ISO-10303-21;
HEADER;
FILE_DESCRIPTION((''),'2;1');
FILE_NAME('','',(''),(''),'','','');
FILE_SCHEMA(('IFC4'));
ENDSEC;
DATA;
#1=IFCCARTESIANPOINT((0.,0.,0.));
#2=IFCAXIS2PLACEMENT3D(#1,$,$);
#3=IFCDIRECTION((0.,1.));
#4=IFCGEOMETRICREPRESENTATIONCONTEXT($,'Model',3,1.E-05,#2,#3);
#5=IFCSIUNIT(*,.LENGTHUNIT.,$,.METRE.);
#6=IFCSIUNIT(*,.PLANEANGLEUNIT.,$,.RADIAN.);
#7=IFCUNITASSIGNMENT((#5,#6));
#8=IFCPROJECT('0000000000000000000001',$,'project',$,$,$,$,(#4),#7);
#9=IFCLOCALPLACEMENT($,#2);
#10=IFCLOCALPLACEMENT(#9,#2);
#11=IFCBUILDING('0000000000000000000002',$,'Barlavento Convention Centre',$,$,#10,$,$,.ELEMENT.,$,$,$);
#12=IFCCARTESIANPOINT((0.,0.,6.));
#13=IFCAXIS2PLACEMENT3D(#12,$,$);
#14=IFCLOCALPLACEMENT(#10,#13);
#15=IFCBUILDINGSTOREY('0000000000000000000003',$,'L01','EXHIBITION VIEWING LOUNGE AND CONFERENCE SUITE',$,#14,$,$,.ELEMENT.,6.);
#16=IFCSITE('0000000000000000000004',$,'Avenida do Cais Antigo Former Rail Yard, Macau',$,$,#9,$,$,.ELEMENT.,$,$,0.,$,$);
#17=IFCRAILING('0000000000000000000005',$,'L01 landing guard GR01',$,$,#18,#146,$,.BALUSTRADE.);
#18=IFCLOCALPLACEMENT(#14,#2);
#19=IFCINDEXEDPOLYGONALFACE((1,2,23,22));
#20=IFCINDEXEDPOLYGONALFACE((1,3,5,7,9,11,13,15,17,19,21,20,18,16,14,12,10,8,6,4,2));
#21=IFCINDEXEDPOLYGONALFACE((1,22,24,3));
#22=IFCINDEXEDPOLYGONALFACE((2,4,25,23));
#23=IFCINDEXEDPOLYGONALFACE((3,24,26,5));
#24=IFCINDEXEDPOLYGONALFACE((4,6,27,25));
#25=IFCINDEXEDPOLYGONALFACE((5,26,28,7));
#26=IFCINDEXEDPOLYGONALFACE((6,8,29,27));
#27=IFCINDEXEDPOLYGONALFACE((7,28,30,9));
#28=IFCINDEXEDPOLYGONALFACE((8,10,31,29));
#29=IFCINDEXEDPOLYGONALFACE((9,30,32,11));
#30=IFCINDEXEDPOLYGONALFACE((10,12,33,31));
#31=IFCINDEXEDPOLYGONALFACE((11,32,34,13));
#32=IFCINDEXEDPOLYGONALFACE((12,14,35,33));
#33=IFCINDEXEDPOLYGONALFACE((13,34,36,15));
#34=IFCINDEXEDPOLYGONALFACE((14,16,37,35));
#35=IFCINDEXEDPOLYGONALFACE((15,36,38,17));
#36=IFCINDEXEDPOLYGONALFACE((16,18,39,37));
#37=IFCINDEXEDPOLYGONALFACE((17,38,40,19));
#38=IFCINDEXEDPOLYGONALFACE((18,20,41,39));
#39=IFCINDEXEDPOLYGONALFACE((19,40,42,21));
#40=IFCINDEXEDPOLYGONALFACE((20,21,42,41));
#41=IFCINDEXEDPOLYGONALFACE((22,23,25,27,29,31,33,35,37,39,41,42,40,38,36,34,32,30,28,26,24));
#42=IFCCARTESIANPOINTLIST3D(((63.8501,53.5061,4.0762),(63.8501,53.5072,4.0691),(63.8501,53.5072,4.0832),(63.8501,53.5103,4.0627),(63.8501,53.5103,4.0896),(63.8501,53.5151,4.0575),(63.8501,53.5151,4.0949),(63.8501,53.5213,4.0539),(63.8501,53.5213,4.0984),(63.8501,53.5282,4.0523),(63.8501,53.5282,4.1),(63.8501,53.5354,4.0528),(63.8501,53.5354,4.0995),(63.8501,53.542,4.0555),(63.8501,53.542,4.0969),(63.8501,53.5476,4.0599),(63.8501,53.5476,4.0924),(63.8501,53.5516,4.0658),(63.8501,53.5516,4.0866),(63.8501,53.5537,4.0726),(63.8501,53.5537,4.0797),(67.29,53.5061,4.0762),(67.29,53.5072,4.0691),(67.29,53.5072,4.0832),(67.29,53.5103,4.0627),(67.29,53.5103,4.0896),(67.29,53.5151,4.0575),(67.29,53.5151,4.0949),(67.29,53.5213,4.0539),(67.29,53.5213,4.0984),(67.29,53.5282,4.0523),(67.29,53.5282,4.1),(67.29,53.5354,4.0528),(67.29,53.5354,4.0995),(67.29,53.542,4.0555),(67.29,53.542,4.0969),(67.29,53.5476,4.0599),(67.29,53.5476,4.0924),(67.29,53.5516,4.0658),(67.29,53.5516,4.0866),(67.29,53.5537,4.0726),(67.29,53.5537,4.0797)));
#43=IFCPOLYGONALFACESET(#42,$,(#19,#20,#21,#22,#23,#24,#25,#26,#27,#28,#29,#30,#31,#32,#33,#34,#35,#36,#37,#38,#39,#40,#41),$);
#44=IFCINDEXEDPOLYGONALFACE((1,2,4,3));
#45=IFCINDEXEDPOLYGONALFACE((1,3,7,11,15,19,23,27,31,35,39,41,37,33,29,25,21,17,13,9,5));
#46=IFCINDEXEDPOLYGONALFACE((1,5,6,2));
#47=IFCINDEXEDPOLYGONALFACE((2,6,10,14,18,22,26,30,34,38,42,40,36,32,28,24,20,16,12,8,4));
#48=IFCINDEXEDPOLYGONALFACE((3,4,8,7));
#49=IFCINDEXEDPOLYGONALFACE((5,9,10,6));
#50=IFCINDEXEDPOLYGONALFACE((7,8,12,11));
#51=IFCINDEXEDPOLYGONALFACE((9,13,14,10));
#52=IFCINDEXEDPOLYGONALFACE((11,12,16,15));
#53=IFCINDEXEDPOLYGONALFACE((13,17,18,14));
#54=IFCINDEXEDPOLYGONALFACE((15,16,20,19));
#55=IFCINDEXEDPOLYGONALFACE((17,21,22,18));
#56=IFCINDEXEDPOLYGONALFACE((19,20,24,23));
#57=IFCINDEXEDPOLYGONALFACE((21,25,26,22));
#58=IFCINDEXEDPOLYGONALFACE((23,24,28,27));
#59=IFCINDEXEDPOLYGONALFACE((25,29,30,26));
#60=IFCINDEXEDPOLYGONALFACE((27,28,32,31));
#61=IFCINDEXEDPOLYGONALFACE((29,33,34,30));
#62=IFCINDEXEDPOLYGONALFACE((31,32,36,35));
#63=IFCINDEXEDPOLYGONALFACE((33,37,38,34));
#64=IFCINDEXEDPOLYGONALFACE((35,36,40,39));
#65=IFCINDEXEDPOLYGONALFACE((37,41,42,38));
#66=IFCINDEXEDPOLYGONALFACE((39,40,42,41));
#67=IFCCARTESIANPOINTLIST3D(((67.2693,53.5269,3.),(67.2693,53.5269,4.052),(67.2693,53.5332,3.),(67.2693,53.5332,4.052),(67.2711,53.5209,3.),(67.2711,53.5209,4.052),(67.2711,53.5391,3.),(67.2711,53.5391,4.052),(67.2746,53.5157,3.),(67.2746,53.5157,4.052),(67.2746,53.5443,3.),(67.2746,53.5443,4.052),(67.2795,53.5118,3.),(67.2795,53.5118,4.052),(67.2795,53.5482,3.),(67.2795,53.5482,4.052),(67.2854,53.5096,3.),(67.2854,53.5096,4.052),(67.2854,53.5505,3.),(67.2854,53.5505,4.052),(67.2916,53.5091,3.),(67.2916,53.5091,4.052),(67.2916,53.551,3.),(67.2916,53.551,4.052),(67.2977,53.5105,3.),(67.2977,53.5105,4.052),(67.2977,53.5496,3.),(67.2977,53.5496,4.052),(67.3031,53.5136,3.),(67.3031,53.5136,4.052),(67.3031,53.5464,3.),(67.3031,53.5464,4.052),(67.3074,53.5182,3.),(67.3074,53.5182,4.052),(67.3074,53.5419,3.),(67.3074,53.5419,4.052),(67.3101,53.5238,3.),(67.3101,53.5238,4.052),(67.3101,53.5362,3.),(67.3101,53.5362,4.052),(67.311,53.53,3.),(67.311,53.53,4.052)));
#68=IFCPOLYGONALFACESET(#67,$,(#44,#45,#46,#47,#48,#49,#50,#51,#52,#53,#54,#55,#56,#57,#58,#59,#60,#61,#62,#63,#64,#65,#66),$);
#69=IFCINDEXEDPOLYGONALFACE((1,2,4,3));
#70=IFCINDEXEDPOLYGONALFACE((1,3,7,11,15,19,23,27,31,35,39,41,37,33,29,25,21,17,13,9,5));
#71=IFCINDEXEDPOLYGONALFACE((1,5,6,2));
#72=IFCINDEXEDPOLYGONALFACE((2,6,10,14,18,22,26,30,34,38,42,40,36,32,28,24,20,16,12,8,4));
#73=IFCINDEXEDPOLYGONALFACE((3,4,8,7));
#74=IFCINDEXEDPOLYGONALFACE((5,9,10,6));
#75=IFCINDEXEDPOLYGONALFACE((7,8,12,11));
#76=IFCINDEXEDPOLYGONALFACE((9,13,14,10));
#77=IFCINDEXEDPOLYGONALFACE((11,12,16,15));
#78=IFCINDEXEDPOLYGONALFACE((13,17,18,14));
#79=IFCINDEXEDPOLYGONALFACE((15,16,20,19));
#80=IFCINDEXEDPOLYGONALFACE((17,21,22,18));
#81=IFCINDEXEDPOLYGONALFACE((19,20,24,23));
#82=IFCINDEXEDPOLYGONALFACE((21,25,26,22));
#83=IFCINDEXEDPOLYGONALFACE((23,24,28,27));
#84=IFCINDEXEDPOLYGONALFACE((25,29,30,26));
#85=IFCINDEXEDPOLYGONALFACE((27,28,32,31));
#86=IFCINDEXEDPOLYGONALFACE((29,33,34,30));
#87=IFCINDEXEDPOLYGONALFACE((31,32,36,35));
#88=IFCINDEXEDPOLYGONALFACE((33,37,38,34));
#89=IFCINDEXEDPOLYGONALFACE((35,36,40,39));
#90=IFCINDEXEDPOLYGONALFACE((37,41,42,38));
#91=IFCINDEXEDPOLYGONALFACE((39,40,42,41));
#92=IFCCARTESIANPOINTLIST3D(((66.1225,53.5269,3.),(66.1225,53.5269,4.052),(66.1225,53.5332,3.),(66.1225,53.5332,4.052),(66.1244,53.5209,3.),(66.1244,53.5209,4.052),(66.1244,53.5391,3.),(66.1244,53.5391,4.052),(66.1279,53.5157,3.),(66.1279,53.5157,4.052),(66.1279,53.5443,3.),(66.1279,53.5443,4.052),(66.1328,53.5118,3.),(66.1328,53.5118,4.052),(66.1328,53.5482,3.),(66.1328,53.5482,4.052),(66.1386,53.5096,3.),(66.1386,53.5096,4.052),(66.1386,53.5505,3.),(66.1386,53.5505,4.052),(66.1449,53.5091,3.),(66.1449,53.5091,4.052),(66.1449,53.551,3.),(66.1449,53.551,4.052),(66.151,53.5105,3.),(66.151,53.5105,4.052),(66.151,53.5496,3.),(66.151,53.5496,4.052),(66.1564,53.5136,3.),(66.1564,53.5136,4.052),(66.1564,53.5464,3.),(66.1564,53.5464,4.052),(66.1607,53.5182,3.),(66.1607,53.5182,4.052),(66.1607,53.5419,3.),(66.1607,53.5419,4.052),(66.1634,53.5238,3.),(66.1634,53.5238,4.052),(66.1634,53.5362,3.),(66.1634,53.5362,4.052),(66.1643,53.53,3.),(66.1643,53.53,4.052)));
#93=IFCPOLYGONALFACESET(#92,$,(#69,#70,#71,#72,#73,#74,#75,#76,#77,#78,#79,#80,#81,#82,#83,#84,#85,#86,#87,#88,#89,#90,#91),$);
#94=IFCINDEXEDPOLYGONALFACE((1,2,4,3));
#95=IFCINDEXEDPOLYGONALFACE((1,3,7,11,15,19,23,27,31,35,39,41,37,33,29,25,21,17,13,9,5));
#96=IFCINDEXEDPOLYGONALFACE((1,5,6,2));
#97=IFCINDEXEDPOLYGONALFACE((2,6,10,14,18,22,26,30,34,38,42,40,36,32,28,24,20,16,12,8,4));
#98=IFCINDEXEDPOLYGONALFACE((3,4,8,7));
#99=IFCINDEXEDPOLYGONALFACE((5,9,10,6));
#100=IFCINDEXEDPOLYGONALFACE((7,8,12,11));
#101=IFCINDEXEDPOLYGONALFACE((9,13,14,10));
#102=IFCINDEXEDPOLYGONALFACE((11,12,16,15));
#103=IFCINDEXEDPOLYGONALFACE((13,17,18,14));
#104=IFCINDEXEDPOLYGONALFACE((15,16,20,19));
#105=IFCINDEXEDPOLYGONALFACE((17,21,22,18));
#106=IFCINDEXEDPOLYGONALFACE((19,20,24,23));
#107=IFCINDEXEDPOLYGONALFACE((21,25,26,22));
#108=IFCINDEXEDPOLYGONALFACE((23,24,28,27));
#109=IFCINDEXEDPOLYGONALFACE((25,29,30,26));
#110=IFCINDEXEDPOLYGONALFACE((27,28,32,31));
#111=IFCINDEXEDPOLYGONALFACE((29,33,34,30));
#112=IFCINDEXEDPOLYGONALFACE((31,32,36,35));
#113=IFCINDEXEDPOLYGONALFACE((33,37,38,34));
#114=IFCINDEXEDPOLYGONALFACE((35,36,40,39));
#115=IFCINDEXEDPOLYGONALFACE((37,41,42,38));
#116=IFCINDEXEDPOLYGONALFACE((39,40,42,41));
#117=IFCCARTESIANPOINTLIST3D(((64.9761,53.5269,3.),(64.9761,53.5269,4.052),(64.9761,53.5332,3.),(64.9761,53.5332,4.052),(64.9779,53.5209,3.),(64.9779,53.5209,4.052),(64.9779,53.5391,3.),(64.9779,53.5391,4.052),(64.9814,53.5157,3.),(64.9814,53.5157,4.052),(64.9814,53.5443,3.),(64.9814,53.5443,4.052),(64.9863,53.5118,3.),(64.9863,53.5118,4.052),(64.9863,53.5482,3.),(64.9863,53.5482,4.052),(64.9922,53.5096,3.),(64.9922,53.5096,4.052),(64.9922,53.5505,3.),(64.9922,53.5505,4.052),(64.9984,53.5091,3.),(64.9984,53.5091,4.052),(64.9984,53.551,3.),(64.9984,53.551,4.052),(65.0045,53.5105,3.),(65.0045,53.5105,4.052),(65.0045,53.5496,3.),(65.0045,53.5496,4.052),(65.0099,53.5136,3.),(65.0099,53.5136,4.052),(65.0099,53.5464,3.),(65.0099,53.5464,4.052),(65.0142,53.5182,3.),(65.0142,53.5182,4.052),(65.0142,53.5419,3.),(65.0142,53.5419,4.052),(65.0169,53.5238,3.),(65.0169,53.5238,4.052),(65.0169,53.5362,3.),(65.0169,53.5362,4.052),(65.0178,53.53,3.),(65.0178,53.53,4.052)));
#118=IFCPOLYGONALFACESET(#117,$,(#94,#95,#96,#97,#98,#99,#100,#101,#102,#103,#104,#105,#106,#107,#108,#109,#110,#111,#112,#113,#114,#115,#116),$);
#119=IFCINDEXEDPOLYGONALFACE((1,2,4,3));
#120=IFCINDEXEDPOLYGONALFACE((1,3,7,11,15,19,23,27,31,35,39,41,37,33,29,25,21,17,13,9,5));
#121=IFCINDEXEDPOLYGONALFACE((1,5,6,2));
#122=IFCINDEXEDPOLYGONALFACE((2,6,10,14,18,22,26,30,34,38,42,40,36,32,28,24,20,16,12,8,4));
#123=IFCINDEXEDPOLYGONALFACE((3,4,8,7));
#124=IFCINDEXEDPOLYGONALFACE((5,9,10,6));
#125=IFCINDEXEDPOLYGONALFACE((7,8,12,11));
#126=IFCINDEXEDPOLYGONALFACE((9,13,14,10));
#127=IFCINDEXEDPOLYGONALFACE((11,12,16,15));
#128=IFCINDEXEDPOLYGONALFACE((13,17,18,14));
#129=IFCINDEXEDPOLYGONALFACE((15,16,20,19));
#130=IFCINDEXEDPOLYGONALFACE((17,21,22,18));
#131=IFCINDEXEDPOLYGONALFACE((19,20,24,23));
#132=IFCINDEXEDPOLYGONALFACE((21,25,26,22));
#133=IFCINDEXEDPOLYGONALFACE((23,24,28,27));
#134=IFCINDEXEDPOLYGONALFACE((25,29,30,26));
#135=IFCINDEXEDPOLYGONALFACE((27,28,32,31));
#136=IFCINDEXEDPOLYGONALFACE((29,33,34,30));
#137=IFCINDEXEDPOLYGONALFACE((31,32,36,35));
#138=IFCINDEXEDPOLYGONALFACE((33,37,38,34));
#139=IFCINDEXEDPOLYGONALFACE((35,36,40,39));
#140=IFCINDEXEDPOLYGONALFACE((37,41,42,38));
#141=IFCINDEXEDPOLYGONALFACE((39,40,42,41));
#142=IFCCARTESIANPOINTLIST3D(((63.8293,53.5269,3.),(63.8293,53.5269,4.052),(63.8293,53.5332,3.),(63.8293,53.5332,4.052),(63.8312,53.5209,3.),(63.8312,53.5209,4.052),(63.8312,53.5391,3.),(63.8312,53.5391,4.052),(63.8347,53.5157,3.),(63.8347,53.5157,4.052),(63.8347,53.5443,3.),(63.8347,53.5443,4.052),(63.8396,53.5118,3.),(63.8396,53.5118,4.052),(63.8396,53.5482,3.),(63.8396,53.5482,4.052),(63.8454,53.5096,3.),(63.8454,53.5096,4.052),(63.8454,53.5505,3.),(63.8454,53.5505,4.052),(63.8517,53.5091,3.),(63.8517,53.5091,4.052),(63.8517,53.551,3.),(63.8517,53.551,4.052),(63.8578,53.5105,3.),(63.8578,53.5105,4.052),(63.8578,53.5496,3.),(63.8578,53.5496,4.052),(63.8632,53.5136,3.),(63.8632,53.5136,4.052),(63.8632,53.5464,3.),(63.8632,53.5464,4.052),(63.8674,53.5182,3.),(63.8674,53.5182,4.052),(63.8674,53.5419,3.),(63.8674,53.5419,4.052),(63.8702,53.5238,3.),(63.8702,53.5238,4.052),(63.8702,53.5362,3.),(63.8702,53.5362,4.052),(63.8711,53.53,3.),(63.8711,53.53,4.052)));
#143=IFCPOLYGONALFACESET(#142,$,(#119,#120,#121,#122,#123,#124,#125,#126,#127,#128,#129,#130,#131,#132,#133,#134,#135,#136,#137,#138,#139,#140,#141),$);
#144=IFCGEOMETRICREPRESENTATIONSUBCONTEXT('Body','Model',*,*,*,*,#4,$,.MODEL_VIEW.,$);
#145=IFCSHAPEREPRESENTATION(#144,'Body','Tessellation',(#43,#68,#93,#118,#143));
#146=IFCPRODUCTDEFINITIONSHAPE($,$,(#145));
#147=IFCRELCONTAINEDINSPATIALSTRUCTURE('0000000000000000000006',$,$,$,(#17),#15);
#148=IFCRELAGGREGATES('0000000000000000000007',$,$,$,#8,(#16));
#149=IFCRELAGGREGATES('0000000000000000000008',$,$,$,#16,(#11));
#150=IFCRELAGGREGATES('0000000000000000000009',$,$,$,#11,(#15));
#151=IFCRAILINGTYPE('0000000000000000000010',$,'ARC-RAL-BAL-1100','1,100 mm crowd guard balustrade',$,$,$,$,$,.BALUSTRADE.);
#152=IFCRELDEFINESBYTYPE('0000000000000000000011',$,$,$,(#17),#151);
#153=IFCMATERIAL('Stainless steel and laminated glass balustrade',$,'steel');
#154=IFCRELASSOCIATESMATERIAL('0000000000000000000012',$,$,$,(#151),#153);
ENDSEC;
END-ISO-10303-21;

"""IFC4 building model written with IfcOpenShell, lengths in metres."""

from ifc_helpers import new_model, si_unit, direction, frame, origin, origin_2d, place, context, subcontext, project, spatial, circle, extrude, material, type_object, element, save


model = new_model("IFC4")

# Units and contexts
model_context = context("Model", 3, precision=1e-05, world=origin(), true_north=direction((0.0, 1.0)))
body_context = subcontext(model_context, "Body", "Model", "MODEL_VIEW")
ifc_project = project(units=[si_unit("LENGTHUNIT", "METRE"), si_unit("PLANEANGLEUNIT", "RADIAN")], contexts=[model_context])

# Site, building, storey
site_placement = place(None, origin())
site = spatial("IfcSite", under=ifc_project, at=site_placement, Name="Avenida do Cais Antigo Former Rail Yard, Macau", CompositionType="ELEMENT", RefElevation=0.0)
building_placement = place(site_placement, origin())
building = spatial("IfcBuilding", under=site, at=building_placement, Name="Barlavento Convention Centre", CompositionType="ELEMENT")
storey_placement = place(building_placement, frame((0.0, 0.0, 6.0)))
storey = spatial("IfcBuildingStorey", under=building, at=storey_placement, Name="L01", Description="EXHIBITION VIEWING LOUNGE AND CONFERENCE SUITE", CompositionType="ELEMENT", Elevation=6.0)

# Railing
ifc_material_1 = material(Name="Stainless steel and laminated glass balustrade", Category="steel")
railing_type_1 = type_object("IfcRailingType", Name="ARC-RAL-BAL-1100", Description="1,100 mm crowd guard balustrade", PredefinedType="BALUSTRADE", material=ifc_material_1)
railing_1_placement = place(storey_placement, frame((67.29, 53.53, 3.0)))
element("IfcRailing", 1, at=railing_1_placement, inside=storey, type_object=railing_type_1, Name="L01 landing guard GR01", PredefinedType="BALUSTRADE", context=body_context, shape_type="SweptSolid", body=[
    extrude(circle(Radius=0.0239, at=origin_2d()), frame((0.0, 0.0, 1.0762), z_axis=(-1.0, 0.0, 0.0), x_axis=(0.0, -1.0, 0.0)), (0.0, 0.0, 1.0), 3.4399),
    extrude(circle(Radius=0.021, at=origin_2d()), origin(), (0.0, 0.0, 1.0), 1.052),
    extrude(circle(Radius=0.021, at=origin_2d()), frame((-1.1467, 0.0, 0.0)), (0.0, 0.0, 1.0), 1.052),
    extrude(circle(Radius=0.021, at=origin_2d()), frame((-2.2932, 0.0, 0.0)), (0.0, 0.0, 1.0), 1.052),
    extrude(circle(Radius=0.021, at=origin_2d()), frame((-3.4399, 0.0, 0.0)), (0.0, 0.0, 1.0), 1.052),
])

save(model, "model.ifc")
